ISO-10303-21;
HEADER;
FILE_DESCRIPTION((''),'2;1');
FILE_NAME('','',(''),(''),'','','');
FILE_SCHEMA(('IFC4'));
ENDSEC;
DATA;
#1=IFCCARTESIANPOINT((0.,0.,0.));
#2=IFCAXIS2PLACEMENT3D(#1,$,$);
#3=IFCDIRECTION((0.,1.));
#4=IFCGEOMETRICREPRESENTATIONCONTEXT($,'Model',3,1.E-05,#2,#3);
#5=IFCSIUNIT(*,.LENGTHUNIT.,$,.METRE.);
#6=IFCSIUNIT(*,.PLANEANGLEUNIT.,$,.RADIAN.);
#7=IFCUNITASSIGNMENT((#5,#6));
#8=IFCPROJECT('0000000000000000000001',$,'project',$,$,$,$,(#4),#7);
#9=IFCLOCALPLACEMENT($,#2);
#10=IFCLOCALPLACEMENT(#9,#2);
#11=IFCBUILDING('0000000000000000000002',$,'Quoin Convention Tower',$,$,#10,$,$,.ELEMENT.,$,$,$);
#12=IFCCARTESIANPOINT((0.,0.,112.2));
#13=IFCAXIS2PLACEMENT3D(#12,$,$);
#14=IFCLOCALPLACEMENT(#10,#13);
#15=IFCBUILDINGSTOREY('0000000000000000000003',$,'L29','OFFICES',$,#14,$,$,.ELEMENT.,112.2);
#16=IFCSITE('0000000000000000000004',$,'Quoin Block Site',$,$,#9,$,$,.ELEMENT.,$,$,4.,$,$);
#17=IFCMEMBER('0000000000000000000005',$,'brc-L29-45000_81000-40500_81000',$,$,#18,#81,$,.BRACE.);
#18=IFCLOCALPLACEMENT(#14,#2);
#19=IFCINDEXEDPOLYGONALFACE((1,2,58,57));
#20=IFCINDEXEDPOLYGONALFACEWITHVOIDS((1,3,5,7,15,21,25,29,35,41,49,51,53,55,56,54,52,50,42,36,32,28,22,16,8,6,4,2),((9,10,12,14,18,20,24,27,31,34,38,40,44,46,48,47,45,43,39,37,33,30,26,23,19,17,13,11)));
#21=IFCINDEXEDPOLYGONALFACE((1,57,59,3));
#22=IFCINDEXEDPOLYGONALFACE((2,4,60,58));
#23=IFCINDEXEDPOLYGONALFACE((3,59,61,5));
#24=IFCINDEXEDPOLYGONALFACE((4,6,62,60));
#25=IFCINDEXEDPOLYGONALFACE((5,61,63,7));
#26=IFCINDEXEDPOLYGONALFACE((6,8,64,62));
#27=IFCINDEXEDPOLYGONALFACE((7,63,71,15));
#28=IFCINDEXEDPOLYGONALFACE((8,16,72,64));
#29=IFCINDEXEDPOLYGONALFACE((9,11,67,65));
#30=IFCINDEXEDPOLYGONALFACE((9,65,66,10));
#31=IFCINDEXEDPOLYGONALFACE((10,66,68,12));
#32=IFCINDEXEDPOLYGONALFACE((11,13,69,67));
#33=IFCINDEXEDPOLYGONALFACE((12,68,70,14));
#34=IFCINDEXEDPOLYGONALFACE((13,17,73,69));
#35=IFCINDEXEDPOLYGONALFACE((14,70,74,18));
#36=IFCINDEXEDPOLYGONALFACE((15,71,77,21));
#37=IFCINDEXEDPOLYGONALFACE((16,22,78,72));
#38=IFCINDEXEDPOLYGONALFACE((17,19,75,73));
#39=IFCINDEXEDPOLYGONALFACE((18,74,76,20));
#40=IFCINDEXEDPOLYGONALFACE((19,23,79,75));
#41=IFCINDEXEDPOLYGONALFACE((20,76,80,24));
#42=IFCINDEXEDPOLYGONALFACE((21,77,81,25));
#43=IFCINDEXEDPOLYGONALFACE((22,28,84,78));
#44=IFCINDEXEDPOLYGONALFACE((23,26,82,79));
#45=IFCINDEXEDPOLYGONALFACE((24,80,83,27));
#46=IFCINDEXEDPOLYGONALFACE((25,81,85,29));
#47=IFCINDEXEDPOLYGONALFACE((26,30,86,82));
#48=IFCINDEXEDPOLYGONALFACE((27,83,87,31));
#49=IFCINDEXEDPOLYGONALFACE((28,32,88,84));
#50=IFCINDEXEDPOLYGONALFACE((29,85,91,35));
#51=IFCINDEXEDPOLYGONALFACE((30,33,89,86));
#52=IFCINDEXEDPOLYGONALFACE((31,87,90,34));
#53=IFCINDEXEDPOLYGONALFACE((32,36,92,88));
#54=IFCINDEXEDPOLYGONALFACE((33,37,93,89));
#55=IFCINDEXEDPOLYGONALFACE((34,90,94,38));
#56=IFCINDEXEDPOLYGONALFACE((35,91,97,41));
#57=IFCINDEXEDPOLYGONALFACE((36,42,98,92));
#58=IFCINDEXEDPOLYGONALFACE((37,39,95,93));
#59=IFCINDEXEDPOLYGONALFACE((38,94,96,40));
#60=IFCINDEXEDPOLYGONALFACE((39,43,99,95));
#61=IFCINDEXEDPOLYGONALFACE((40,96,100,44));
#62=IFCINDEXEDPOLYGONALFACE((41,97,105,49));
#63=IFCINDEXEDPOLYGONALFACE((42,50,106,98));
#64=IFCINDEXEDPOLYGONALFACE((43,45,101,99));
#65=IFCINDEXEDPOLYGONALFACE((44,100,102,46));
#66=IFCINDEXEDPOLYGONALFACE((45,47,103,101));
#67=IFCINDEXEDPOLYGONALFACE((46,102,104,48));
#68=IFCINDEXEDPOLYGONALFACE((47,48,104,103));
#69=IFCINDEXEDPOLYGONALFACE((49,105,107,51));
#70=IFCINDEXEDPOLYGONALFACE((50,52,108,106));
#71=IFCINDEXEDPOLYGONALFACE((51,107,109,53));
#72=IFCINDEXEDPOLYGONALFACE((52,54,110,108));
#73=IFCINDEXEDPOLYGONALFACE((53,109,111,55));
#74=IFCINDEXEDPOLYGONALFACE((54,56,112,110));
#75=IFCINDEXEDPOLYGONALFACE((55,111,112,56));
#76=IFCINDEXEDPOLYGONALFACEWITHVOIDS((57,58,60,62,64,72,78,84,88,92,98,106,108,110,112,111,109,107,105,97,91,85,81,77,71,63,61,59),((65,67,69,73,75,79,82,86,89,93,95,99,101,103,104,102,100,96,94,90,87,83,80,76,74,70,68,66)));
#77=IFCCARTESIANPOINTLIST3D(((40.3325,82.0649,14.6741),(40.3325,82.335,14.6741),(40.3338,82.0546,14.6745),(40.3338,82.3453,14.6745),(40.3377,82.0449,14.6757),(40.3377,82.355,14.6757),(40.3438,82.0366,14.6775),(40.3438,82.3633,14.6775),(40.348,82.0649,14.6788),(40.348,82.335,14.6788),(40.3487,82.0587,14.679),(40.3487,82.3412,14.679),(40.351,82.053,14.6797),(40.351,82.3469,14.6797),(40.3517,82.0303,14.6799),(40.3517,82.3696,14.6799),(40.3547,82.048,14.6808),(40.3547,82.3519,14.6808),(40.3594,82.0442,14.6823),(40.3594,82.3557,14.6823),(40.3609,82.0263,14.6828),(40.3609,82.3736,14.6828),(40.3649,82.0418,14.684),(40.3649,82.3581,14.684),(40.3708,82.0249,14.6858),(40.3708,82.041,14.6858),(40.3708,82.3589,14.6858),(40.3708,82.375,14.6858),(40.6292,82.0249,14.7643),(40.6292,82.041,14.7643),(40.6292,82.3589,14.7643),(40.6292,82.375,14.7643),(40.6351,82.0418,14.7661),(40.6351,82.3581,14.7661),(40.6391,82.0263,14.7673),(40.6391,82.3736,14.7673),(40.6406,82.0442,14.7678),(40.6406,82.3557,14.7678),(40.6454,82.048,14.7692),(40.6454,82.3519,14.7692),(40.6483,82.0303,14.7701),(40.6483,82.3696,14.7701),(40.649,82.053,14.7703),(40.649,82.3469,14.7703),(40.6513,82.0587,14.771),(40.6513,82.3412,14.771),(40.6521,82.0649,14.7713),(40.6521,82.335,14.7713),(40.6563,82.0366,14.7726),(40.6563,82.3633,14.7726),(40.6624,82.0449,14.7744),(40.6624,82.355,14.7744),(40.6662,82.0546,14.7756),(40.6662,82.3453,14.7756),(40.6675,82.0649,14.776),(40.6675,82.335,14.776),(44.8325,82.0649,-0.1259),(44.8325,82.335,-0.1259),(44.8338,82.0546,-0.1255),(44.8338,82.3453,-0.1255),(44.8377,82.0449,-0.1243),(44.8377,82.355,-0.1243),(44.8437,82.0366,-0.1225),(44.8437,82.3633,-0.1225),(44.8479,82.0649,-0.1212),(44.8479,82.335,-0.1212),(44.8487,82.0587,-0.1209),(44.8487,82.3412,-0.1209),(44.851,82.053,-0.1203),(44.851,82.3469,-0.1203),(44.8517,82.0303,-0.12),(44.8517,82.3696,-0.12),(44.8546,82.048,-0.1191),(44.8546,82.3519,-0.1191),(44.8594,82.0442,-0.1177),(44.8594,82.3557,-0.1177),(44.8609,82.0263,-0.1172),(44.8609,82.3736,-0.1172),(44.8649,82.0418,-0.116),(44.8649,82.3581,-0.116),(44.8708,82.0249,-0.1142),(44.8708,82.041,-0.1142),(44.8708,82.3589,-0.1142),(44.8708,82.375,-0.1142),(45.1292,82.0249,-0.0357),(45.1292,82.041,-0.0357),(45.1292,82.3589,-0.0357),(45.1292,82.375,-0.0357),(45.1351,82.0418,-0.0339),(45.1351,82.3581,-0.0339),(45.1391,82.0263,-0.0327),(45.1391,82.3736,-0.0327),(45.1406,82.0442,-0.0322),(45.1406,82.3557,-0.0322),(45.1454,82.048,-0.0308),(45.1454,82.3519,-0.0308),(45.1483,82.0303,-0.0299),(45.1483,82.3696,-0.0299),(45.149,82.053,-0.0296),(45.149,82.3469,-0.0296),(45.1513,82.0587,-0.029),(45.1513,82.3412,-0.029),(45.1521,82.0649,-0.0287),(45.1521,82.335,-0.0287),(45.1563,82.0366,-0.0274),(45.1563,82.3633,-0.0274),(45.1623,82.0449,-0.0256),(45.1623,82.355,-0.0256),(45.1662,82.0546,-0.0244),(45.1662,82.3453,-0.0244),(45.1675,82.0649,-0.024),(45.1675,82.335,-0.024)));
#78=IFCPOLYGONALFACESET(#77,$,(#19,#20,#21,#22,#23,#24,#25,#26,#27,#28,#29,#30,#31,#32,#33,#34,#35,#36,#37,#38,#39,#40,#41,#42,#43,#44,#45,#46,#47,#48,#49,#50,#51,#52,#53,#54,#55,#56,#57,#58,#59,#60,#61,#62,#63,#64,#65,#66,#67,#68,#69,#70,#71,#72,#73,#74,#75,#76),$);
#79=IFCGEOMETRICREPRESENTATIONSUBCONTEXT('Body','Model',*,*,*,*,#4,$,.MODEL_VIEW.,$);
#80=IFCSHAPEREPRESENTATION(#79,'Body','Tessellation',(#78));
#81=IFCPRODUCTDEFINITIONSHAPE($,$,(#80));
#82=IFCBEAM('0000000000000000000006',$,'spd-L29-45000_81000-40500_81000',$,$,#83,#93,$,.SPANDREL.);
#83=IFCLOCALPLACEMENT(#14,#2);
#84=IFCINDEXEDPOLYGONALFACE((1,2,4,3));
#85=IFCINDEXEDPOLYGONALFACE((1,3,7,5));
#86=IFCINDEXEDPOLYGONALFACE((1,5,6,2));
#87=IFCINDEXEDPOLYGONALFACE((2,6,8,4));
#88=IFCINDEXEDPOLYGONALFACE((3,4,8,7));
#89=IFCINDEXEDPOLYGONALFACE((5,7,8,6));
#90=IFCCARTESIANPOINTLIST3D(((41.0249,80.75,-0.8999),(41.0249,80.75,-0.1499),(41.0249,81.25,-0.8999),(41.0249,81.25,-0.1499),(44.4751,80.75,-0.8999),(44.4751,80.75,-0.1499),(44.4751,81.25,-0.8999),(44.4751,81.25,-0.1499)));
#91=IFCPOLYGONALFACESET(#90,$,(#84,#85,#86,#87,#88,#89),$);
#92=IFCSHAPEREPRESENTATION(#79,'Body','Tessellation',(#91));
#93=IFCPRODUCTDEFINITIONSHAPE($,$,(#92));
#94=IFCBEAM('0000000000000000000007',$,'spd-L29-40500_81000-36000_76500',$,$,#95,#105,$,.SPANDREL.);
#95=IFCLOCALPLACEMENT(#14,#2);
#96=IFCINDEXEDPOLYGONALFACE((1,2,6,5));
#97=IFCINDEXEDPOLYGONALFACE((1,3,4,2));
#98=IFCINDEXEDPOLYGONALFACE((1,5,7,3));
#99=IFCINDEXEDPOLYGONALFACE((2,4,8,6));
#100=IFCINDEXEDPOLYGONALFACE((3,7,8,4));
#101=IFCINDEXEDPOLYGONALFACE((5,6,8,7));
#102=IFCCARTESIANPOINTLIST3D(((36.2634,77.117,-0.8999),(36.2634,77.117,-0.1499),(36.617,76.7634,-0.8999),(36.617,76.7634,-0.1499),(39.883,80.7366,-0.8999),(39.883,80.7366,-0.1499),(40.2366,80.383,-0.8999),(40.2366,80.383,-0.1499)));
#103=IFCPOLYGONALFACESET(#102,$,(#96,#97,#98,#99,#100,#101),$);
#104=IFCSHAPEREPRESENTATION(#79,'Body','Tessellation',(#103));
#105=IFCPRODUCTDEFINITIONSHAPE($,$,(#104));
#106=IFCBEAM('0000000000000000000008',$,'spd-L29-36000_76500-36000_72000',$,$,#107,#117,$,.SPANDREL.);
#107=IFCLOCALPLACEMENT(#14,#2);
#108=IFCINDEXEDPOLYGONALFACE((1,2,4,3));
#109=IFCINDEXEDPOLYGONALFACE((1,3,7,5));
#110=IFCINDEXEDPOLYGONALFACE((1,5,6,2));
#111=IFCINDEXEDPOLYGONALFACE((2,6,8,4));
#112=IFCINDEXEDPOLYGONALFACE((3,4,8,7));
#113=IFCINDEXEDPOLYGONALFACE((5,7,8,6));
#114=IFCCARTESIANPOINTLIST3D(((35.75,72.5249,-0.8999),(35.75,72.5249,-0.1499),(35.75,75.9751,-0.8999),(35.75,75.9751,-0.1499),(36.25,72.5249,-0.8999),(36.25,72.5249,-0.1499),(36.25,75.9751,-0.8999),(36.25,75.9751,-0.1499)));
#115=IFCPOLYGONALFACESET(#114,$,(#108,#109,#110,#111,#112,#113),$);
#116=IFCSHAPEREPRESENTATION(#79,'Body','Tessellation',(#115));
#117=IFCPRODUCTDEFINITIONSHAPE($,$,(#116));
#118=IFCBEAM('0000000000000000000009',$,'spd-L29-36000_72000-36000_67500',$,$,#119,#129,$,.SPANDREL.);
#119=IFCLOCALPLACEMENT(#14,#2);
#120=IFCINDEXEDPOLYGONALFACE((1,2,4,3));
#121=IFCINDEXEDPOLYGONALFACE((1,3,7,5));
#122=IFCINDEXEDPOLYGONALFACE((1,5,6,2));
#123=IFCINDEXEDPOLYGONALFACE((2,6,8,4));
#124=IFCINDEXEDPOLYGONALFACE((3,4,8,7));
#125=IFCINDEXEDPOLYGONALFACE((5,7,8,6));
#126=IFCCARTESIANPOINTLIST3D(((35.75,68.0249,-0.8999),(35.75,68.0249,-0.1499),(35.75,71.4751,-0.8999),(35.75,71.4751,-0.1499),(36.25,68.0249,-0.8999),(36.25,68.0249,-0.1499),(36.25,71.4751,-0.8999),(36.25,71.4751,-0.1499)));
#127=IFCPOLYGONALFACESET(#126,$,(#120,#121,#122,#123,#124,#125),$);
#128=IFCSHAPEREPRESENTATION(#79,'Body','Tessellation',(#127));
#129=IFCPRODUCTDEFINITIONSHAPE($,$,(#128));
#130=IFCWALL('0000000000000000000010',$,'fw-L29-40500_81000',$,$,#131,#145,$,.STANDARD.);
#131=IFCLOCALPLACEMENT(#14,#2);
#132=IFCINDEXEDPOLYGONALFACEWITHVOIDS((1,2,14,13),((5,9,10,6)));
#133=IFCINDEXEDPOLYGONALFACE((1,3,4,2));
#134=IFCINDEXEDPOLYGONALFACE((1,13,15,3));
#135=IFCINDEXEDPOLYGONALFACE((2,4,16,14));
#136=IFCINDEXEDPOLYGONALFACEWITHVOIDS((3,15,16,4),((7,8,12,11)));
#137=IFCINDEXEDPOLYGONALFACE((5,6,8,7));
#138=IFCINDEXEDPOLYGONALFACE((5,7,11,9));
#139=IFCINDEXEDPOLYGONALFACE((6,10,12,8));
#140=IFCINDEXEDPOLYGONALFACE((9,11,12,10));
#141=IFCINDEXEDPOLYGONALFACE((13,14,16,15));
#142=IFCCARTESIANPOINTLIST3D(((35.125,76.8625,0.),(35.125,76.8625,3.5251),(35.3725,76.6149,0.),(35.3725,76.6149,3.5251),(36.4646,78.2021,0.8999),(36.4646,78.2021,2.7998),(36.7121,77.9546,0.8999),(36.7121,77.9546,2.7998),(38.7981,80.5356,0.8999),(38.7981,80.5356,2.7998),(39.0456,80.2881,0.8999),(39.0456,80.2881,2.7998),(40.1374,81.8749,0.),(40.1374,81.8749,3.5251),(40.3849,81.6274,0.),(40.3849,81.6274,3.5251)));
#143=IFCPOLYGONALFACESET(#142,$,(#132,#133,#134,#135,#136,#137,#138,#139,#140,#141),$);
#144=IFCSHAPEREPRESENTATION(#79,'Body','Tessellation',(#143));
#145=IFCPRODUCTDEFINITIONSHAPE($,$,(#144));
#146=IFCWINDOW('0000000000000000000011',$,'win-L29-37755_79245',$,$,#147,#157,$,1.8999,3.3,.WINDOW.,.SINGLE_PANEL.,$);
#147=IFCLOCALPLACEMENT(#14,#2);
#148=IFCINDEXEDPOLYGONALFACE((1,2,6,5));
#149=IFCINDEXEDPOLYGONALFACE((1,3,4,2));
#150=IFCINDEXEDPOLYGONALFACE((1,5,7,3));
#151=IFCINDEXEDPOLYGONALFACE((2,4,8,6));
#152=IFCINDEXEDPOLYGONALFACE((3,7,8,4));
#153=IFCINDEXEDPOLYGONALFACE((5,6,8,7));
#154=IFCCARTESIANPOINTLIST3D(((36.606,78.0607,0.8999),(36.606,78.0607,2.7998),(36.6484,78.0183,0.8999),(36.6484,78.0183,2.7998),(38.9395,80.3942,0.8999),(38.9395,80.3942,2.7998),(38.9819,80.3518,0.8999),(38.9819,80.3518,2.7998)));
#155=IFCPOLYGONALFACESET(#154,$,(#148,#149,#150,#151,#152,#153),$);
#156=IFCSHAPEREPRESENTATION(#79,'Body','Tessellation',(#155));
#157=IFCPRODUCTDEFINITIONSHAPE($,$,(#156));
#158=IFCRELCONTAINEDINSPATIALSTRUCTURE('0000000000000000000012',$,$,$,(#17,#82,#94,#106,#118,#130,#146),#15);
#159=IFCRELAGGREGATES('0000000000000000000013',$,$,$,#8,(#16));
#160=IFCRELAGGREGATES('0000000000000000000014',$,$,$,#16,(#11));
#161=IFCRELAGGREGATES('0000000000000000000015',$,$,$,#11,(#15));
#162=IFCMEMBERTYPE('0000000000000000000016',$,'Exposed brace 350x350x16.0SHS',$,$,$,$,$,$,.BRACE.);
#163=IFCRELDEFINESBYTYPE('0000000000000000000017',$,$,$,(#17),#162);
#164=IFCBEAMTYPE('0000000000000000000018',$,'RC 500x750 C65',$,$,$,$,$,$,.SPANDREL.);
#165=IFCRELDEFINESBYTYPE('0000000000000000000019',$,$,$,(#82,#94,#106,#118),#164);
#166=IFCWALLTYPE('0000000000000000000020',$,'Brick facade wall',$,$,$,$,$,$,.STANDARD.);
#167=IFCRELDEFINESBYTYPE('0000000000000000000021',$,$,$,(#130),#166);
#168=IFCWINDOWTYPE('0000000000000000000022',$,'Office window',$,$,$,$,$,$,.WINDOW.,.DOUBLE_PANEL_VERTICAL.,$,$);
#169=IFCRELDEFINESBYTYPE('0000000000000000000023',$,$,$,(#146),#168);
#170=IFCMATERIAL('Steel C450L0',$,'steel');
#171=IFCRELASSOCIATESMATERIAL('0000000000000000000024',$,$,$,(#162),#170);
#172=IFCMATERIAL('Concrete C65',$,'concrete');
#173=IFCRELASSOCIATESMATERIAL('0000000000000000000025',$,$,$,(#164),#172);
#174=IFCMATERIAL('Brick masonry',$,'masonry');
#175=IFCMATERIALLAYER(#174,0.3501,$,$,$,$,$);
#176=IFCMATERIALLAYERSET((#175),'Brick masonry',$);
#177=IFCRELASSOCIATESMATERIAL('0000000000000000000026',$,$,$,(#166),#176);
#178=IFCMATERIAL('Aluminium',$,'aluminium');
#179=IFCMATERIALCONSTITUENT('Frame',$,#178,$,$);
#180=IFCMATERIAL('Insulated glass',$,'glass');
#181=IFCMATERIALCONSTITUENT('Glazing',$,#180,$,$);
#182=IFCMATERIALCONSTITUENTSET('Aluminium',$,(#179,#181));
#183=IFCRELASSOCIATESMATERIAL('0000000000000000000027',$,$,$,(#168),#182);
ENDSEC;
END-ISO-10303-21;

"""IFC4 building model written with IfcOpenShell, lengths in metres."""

from ifc_helpers import new_model, si_unit, direction, frame, frame_2d, origin, origin_2d, place, context, subcontext, project, spatial, rectangle, hollow_rectangle, extrude, material, layer, layer_set, constituent, constituent_set, material_profile, profile_set, type_object, element, fill, save


model = new_model("IFC4")

# Units and contexts
model_context = context("Model", 3, precision=1e-05, world=origin(), true_north=direction((0.0, 1.0)))
body_context = subcontext(model_context, "Body", "Model", "MODEL_VIEW")
ifc_project = project(units=[si_unit("LENGTHUNIT", "METRE"), si_unit("PLANEANGLEUNIT", "RADIAN")], contexts=[model_context])

# Site, building, storey
site_placement = place(None, origin())
site = spatial("IfcSite", under=ifc_project, at=site_placement, Name="Quoin Block Site", CompositionType="ELEMENT", RefElevation=4.0)
building_placement = place(site_placement, origin())
building = spatial("IfcBuilding", under=site, at=building_placement, Name="Quoin Convention Tower", CompositionType="ELEMENT")
storey_placement = place(building_placement, frame((0.0, 0.0, 112.2)))
storey = spatial("IfcBuildingStorey", under=building, at=storey_placement, Name="L29", Description="OFFICES", CompositionType="ELEMENT", Elevation=112.2)

# Shared definitions
ifc_material_1 = material(Name="Concrete C65", Category="concrete")

# Member
ifc_material_2 = material(Name="Steel C450L0", Category="steel")
ifc_material_profile_1 = material_profile(ifc_material_2, hollow_rectangle(XDim=0.3501, YDim=0.3501, WallThickness=0.0161, InnerFilletRadius=0.0239, OuterFilletRadius=0.04, at=origin_2d()), Name="350x350x16.0SHS")
ifc_profile_set_1 = profile_set([ifc_material_profile_1], Name="Steel C450L0")
member_type = type_object("IfcMemberType", Name="Exposed brace 350x350x16.0SHS", PredefinedType="BRACE", material=ifc_profile_set_1)
member_placement = place(storey_placement, frame((45.0, 82.2, -0.075), z_axis=(-0.290903, 0.0, 0.956752), x_axis=(0.0, -1.0, 0.0)))
element("IfcMember", 1, at=member_placement, inside=storey, type_object=member_type, Name="brc-L29-45000_81000-40500_81000", PredefinedType="BRACE", context=body_context, shape_type="SweptSolid", body=[
    extrude(hollow_rectangle(XDim=0.3501, YDim=0.3501, WallThickness=0.0161, InnerFilletRadius=0.0239, OuterFilletRadius=0.04, at=origin_2d()), origin(), (0.0, 0.0, 1.0), 15.469),
])

# Beams
ifc_material_profile_2 = material_profile(ifc_material_1, rectangle(XDim=0.5, YDim=0.75, at=origin_2d()), Name="RC 500x750")
ifc_profile_set_2 = profile_set([ifc_material_profile_2], Name="Concrete C65")
beam_type_1 = type_object("IfcBeamType", Name="RC 500x750 C65", PredefinedType="SPANDREL", material=ifc_profile_set_2)
beam_1_placement = place(storey_placement, frame((44.4751, 81.0, -0.5249), z_axis=(-1.0, 0.0, 0.0), x_axis=(0.0, -1.0, 0.0)))
element("IfcBeam", 2, at=beam_1_placement, inside=storey, type_object=beam_type_1, Name="spd-L29-45000_81000-40500_81000", PredefinedType="SPANDREL", context=body_context, shape_type="SweptSolid", body=[
    extrude(rectangle(XDim=0.5, YDim=0.75, at=origin_2d()), origin(), (0.0, 0.0, 1.0), 3.4502),
])
beam_2_placement = place(storey_placement, frame((40.0598, 80.5598, -0.5249), z_axis=(-0.707107, -0.707107, 0.0), x_axis=(0.707107, -0.707107, 0.0)))
element("IfcBeam", 3, at=beam_2_placement, inside=storey, type_object=beam_type_1, Name="spd-L29-40500_81000-36000_76500", PredefinedType="SPANDREL", context=body_context, shape_type="SweptSolid", body=[
    extrude(rectangle(XDim=0.5, YDim=0.75, at=origin_2d()), origin(), (0.0, 0.0, 1.0), 5.1189),
])
for number, where, z_axis, x_axis, name in (
    (4, (36.0, 75.9751, -0.5249), (0.0, -1.0, 0.0), (1.0, 0.0, 0.0), "spd-L29-36000_76500-36000_72000"),
    (5, (36.0, 71.4751, -0.5249), (0.0, -1.0, 0.0), (1.0, 0.0, 0.0), "spd-L29-36000_72000-36000_67500"),
):
    element("IfcBeam", number, at=place(storey_placement, frame(where, z_axis=z_axis, x_axis=x_axis)), inside=storey, type_object=beam_type_1, Name=name, PredefinedType="SPANDREL", context=body_context, shape_type="SweptSolid", body=[
        extrude(rectangle(XDim=0.5, YDim=0.75, at=origin_2d()), origin(), (0.0, 0.0, 1.0), 3.4502),
    ])

# Wall, opening, window
ifc_material_3 = material(Name="Brick masonry", Category="masonry")
ifc_layer_1 = layer(ifc_material_3, 0.3501)
ifc_layer_set_1 = layer_set([ifc_layer_1], Name="Brick masonry")
wall_type_1 = type_object("IfcWallType", Name="Brick facade wall", PredefinedType="STANDARD", material=ifc_layer_set_1)
wall_1_placement = place(storey_placement, frame((40.2612, 81.7512, 0.0), z_axis=(0.0, 0.0, 1.0), x_axis=(-0.707107, -0.707107, 0.0)))
wall_1 = element("IfcWall", 6, at=wall_1_placement, inside=storey, type_object=wall_type_1, Name="fw-L29-40500_81000", PredefinedType="STANDARD", context=body_context, shape_type="SweptSolid", body=[
    extrude(rectangle(XDim=7.0886, YDim=0.3501, at=frame_2d((3.5444, 0.0))), origin(), (0.0, 0.0, 1.0), 3.5251),
])
opening_1_placement = place(wall_1_placement, frame((1.8943, 0.0, 0.8999)))
opening_1 = element("IfcOpeningElement", 7, at=opening_1_placement, cuts=wall_1, PredefinedType="OPENING", context=body_context, shape_type="SweptSolid", body=[
    extrude(rectangle(XDim=3.3, YDim=1.8999, at=frame_2d((1.6499, 0.95))), frame((0.0, 0.1851, 0.0), z_axis=(0.0, -1.0, 0.0), x_axis=(1.0, 0.0, 0.0)), (0.0, 0.0, 1.0), 0.3701),
])
ifc_material_4 = material(Name="Aluminium", Category="aluminium")
ifc_constituent_1 = constituent(ifc_material_4, Name="Frame")
ifc_material_5 = material(Name="Insulated glass", Category="glass")
ifc_constituent_2 = constituent(ifc_material_5, Name="Glazing")
ifc_constituent_set = constituent_set(constituents=[ifc_constituent_1, ifc_constituent_2], Name="Aluminium")
window_type = type_object("IfcWindowType", Name="Office window", PartitioningType="DOUBLE_PANEL_VERTICAL", PredefinedType="WINDOW", material=ifc_constituent_set)
window_placement = place(opening_1_placement, origin())
window = element("IfcWindow", 8, at=window_placement, inside=storey, type_object=window_type, Name="win-L29-37755_79245", OverallHeight=1.8999, OverallWidth=3.3, PartitioningType="SINGLE_PANEL", PredefinedType="WINDOW", context=body_context, shape_type="SweptSolid", body=[
    extrude(rectangle(XDim=3.3, YDim=1.8999, at=frame_2d((1.6499, 0.95))), frame((0.0, 0.085, 0.0), z_axis=(0.0, -1.0, 0.0), x_axis=(1.0, 0.0, 0.0)), (0.0, 0.0, 1.0), 0.0601),
])
fill(opening_1, window)

save(model, "model.ifc")
